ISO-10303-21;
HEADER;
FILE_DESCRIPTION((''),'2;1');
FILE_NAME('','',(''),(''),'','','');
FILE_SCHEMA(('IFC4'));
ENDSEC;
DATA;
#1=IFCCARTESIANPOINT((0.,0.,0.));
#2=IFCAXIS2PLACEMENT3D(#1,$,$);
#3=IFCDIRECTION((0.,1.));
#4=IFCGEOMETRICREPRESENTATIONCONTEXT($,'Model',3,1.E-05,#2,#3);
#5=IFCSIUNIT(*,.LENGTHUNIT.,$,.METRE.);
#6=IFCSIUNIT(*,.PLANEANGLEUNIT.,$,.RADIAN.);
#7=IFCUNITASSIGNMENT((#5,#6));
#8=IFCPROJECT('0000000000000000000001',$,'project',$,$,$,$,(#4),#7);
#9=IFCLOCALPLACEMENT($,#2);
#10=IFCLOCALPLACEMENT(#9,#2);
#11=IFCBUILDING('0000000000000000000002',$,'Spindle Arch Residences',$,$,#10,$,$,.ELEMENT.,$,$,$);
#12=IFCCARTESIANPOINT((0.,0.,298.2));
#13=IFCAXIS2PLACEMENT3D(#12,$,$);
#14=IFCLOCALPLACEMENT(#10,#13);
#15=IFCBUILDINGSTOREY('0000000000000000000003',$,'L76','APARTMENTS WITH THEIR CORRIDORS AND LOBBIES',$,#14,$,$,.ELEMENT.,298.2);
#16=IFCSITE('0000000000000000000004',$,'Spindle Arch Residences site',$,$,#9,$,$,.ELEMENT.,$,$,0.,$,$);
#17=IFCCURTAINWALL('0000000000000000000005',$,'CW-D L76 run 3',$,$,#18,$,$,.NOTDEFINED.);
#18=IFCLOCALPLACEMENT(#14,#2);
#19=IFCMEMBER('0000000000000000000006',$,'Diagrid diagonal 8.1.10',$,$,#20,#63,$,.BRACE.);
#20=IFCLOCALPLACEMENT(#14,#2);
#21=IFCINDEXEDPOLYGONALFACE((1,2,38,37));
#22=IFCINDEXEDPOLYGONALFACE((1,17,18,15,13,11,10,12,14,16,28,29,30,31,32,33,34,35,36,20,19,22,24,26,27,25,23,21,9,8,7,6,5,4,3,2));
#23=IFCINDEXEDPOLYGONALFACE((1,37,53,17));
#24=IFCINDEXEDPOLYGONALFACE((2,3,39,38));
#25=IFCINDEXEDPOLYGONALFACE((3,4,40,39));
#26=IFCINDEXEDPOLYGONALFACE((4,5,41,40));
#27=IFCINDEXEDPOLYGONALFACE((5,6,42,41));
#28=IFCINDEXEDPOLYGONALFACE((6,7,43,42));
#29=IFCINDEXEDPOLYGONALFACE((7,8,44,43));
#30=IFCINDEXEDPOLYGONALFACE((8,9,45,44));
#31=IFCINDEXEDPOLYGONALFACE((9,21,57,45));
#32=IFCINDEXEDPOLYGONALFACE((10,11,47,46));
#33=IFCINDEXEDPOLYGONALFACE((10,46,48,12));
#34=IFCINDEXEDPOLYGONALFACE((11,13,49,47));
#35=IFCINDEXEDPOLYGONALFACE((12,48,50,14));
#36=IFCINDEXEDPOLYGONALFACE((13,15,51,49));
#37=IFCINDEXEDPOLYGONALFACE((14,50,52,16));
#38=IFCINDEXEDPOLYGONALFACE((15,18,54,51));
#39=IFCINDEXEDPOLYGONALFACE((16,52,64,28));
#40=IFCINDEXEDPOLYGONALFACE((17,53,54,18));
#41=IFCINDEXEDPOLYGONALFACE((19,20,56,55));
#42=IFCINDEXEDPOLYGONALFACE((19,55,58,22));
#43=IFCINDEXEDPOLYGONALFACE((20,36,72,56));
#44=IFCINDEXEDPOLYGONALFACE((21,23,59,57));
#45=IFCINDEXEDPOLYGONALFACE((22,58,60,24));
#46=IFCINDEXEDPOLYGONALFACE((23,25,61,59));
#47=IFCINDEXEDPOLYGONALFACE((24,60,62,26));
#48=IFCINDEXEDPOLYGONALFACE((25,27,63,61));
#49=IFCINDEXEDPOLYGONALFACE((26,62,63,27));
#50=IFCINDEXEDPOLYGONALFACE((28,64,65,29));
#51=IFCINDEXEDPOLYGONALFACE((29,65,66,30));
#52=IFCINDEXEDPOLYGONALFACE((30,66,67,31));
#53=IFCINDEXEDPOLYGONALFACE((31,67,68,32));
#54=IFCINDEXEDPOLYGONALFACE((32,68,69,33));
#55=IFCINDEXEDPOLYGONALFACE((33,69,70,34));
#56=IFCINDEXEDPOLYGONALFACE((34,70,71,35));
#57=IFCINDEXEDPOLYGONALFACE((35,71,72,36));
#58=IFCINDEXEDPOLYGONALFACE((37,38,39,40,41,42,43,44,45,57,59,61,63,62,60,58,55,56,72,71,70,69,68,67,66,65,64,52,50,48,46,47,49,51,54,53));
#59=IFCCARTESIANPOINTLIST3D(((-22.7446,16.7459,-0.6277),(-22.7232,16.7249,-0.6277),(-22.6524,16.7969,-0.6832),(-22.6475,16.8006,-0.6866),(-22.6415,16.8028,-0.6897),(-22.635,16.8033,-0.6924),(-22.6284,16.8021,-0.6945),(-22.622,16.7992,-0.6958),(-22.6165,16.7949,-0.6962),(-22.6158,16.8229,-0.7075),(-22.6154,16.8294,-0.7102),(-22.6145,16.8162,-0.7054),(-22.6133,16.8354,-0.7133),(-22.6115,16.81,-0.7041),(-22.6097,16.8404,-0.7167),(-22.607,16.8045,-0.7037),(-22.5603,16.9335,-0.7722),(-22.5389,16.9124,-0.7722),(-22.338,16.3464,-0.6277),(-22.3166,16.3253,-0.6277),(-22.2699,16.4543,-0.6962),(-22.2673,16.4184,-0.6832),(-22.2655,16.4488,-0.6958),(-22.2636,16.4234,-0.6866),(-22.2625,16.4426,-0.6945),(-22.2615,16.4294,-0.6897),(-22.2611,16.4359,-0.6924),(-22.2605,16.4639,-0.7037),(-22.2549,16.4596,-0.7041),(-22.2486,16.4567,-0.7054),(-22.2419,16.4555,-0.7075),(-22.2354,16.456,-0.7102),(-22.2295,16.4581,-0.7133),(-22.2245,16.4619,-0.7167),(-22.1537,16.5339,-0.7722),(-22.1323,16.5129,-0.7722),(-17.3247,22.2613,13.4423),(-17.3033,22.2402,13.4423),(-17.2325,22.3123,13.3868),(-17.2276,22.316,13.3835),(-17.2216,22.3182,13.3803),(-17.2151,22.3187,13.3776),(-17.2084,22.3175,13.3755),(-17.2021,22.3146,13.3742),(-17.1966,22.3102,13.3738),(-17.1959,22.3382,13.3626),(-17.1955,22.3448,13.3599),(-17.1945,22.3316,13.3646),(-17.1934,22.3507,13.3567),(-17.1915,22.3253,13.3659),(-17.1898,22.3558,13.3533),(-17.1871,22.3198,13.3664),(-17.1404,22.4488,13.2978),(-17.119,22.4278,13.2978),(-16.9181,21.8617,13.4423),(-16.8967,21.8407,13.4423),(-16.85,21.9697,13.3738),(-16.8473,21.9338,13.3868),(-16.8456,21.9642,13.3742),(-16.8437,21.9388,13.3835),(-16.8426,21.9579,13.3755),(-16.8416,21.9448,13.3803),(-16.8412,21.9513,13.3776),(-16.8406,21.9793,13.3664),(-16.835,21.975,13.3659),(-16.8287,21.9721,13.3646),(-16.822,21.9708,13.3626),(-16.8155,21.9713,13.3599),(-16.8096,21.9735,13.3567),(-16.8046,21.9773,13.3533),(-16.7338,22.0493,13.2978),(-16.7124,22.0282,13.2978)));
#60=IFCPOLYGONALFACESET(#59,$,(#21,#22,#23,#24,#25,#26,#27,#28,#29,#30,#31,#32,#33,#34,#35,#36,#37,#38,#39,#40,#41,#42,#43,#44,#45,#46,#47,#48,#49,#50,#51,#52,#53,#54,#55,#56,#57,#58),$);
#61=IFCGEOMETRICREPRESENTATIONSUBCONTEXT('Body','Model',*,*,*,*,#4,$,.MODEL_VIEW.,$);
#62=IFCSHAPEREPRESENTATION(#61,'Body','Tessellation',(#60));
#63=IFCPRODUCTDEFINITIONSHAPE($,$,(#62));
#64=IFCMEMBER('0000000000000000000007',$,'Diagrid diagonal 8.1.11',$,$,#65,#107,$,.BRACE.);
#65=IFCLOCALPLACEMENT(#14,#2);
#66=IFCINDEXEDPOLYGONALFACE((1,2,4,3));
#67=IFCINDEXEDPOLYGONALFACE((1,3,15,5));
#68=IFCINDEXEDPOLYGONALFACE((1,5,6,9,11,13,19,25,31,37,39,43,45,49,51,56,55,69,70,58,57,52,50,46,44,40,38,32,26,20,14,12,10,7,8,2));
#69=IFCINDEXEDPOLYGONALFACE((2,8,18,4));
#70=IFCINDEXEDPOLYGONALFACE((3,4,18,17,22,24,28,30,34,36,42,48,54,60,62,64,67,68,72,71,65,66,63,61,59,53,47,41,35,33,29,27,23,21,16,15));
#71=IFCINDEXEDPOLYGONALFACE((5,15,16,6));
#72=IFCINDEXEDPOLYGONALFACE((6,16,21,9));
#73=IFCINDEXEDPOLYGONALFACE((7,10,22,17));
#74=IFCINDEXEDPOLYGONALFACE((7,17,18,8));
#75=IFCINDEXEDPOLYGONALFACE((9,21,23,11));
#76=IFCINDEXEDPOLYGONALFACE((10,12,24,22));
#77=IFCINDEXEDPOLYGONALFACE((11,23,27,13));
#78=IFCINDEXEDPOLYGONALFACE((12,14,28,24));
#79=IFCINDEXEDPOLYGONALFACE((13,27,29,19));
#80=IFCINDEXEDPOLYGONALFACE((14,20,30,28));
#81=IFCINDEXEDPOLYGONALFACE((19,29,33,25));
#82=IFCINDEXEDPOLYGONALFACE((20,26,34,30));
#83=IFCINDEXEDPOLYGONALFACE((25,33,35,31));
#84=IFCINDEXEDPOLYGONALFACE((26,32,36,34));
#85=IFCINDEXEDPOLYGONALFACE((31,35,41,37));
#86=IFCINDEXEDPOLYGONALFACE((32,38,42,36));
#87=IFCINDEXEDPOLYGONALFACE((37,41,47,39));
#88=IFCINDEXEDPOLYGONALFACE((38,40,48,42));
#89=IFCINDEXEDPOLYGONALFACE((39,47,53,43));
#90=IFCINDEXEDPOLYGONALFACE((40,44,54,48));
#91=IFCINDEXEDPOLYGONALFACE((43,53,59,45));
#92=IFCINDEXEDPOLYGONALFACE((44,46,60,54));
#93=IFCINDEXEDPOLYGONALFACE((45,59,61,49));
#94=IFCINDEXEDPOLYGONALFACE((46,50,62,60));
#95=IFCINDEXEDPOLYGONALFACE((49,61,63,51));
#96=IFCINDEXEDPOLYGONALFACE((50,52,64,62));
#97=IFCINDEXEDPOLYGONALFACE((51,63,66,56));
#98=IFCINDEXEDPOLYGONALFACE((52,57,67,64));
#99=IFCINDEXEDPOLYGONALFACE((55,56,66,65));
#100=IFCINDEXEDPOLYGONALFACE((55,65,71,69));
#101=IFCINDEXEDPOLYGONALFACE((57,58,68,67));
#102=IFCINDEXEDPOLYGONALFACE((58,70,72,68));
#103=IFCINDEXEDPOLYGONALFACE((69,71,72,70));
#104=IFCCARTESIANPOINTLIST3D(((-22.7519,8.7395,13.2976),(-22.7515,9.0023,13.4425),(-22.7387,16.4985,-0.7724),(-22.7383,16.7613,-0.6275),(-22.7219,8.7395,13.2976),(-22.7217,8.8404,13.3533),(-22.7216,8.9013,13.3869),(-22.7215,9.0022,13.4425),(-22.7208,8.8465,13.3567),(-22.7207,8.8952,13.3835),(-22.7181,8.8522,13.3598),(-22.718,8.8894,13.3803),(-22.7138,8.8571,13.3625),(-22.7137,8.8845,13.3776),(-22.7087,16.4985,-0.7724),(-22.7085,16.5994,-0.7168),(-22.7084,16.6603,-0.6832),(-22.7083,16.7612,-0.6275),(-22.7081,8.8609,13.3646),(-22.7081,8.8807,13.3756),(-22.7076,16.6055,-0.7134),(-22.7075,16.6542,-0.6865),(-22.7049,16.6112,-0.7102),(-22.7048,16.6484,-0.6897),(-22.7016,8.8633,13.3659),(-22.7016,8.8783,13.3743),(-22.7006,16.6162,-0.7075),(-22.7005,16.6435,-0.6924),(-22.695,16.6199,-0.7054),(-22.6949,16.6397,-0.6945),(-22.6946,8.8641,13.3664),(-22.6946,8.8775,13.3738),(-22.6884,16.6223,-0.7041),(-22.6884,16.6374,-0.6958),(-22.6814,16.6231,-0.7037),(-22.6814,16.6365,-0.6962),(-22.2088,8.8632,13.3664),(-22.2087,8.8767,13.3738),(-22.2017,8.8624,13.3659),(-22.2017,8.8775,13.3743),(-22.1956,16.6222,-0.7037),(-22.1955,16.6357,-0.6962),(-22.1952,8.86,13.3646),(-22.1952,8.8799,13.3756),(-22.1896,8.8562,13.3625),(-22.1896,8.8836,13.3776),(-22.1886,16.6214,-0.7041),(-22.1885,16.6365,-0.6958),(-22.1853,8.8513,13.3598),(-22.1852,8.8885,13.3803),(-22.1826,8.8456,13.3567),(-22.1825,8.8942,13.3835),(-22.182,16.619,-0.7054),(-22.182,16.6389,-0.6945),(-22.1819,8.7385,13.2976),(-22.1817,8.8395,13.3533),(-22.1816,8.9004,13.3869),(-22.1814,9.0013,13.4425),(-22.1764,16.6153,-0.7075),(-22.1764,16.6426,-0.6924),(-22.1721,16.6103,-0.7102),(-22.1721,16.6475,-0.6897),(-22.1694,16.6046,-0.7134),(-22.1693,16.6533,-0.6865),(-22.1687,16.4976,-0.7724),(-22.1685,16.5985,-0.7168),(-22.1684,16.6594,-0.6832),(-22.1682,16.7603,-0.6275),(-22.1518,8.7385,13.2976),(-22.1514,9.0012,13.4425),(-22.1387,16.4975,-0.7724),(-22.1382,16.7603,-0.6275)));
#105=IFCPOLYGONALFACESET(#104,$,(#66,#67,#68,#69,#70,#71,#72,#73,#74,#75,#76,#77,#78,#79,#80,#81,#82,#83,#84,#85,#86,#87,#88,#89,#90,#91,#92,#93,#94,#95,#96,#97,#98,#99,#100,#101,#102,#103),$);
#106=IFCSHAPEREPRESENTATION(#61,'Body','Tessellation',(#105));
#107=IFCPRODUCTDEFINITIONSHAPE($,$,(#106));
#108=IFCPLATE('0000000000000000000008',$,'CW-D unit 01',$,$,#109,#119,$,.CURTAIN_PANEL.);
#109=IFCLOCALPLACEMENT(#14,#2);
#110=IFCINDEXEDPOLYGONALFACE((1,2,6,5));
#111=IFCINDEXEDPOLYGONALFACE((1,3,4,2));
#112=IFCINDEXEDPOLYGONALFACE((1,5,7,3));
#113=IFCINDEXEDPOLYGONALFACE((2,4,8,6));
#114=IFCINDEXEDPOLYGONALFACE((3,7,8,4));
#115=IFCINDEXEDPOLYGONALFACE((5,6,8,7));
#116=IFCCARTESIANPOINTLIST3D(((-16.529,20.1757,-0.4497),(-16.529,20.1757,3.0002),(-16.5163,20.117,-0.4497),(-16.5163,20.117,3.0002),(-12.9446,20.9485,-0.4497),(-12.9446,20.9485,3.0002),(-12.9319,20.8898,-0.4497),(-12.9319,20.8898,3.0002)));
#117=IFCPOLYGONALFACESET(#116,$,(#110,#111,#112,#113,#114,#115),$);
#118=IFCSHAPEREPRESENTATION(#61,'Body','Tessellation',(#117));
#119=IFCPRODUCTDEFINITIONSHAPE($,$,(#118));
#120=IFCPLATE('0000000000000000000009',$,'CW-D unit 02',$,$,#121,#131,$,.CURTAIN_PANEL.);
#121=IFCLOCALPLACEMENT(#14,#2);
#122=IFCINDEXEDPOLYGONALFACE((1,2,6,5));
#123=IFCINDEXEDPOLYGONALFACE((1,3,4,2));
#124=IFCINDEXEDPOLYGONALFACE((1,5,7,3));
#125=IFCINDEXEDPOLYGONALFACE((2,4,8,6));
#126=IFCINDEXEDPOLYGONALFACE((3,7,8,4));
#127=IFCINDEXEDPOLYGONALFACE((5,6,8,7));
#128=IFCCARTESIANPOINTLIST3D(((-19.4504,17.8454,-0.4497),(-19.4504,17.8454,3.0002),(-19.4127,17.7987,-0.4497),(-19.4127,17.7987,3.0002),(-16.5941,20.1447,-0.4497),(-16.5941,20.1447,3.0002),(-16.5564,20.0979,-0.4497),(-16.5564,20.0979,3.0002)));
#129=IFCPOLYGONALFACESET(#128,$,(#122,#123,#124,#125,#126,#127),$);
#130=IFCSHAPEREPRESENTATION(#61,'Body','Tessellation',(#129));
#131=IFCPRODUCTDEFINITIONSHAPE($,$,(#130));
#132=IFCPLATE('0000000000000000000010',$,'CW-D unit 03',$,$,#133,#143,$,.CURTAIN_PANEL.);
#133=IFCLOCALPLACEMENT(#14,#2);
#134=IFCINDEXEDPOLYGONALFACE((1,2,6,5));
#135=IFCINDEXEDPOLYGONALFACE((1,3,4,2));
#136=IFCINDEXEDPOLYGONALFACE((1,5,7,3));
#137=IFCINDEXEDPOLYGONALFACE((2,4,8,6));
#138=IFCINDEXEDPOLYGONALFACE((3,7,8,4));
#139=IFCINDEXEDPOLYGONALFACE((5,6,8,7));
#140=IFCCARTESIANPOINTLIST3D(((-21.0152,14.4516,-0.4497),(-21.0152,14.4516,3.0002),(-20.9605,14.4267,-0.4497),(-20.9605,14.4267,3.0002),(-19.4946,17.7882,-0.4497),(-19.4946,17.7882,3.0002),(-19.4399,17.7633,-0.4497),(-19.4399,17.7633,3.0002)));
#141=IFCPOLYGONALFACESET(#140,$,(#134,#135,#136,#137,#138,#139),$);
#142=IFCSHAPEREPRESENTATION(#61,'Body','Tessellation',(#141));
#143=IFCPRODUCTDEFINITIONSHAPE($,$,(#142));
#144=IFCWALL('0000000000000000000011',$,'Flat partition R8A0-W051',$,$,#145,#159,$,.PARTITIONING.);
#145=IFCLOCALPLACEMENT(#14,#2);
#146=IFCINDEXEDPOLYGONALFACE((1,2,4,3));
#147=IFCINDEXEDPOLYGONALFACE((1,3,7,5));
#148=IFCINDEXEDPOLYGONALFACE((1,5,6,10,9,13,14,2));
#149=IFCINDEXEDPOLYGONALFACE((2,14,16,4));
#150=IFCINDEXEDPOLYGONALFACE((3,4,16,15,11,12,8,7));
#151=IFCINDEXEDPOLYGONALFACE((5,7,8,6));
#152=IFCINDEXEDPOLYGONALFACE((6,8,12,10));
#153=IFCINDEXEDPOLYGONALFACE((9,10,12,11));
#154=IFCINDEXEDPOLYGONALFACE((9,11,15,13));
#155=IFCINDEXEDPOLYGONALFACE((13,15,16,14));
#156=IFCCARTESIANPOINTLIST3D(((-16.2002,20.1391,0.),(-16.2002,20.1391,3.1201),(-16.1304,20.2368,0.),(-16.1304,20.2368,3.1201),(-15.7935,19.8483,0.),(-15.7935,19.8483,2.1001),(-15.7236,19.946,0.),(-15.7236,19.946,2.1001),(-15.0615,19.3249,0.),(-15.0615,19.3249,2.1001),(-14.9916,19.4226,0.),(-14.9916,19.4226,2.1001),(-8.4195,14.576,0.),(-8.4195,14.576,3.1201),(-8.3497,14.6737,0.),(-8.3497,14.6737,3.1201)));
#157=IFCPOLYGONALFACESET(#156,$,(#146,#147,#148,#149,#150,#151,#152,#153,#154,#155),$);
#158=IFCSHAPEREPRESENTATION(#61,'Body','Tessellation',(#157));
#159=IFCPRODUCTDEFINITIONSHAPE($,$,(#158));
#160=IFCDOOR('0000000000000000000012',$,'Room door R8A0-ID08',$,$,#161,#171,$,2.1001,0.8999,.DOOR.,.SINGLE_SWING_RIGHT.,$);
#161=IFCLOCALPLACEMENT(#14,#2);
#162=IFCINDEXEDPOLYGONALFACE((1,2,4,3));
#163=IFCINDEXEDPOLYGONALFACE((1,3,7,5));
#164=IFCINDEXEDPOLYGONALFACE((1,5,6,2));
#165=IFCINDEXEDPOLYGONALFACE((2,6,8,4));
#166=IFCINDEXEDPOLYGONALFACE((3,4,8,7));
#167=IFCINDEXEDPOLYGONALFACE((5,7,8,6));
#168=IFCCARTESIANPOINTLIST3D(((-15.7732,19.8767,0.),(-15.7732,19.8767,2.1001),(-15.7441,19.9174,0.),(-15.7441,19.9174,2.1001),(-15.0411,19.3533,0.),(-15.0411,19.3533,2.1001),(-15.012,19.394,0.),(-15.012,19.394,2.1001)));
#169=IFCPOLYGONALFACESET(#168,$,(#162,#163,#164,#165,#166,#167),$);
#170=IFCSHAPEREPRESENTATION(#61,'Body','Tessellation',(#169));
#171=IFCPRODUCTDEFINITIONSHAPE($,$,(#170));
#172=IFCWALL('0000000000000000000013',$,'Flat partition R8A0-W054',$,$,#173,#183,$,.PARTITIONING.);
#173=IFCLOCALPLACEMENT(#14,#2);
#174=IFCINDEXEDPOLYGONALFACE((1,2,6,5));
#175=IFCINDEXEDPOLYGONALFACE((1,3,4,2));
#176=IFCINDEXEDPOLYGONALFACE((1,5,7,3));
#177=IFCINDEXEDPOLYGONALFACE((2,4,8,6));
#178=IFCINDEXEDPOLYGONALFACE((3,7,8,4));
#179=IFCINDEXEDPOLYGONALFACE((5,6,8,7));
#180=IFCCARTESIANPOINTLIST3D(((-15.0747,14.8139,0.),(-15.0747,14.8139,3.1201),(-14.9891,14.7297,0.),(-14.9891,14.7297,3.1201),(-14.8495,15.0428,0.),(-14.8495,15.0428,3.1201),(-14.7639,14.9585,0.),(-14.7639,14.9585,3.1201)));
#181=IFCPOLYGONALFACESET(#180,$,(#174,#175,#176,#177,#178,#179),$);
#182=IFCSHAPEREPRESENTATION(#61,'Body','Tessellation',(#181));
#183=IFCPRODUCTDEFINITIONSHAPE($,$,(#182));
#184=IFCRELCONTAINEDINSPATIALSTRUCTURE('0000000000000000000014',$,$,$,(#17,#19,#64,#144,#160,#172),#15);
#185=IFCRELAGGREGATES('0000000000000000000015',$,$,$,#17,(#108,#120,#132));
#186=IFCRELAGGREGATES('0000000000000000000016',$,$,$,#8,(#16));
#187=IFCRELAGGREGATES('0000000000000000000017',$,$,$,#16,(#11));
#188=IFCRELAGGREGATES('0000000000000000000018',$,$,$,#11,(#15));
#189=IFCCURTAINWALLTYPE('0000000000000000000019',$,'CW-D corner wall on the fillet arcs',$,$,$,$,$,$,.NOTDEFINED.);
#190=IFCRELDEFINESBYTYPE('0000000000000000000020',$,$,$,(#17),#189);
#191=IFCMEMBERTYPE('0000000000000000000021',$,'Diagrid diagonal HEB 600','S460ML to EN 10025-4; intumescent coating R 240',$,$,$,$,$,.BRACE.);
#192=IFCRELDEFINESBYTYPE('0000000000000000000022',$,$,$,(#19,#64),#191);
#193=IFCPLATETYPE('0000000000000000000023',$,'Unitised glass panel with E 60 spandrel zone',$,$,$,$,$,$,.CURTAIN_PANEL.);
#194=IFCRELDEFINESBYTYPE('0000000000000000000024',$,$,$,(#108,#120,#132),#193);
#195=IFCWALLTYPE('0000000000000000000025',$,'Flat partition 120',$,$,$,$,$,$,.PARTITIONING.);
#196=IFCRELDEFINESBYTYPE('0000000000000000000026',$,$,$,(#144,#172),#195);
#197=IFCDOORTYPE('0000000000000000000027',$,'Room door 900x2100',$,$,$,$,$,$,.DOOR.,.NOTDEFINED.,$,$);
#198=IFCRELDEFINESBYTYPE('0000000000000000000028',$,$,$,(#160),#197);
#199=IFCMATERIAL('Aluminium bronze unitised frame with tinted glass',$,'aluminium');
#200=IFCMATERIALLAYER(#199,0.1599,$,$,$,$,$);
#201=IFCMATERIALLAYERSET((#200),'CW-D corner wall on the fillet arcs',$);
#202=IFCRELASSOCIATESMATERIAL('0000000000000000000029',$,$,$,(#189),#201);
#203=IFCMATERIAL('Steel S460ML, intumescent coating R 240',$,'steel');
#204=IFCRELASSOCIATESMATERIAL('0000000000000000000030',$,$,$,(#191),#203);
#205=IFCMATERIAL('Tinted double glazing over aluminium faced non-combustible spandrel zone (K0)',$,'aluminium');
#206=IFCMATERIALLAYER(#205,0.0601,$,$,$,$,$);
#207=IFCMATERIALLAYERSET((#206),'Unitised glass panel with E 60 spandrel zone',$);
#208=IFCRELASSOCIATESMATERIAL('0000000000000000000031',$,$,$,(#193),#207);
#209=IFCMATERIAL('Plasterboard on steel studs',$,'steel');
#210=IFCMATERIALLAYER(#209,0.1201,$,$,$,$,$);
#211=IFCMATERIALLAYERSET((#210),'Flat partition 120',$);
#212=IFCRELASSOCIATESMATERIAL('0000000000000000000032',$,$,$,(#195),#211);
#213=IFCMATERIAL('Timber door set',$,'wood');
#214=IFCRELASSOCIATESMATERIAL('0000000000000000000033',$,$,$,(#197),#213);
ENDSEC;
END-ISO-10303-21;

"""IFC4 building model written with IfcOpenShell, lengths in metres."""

from ifc_helpers import new_model, si_unit, direction, frame, frame_2d, origin, origin_2d, place, context, subcontext, project, spatial, rectangle, i_section, extrude, material, layer, layer_set, material_profile, profile_set, type_object, element, fill, aggregate, save


model = new_model("IFC4")

# Units and contexts
model_context = context("Model", 3, precision=1e-05, world=origin(), true_north=direction((0.0, 1.0)))
body_context = subcontext(model_context, "Body", "Model", "MODEL_VIEW")
ifc_project = project(units=[si_unit("LENGTHUNIT", "METRE"), si_unit("PLANEANGLEUNIT", "RADIAN")], contexts=[model_context])

# Site, building, storey
site_placement = place(None, origin())
site = spatial("IfcSite", under=ifc_project, at=site_placement, Name="Spindle Arch Residences site", CompositionType="ELEMENT", RefElevation=0.0)
building_placement = place(site_placement, origin())
building = spatial("IfcBuilding", under=site, at=building_placement, Name="Spindle Arch Residences", CompositionType="ELEMENT")
storey_placement = place(building_placement, frame((0.0, 0.0, 298.2)))
storey = spatial("IfcBuildingStorey", under=building, at=storey_placement, Name="L76", Description="APARTMENTS WITH THEIR CORRIDORS AND LOBBIES", CompositionType="ELEMENT", Elevation=298.2)

# Curtain wall
ifc_material_1 = material(Name="Aluminium bronze unitised frame with tinted glass", Category="aluminium")
ifc_layer_1 = layer(ifc_material_1, 0.1599)
ifc_layer_set_1 = layer_set([ifc_layer_1], Name="CW-D corner wall on the fillet arcs")
curtain_wall_type = type_object("IfcCurtainWallType", Name="CW-D corner wall on the fillet arcs", PredefinedType="NOTDEFINED", material=ifc_layer_set_1)
curtain_wall_placement = place(storey_placement, origin())
curtain_wall = element("IfcCurtainWall", 1, at=curtain_wall_placement, inside=storey, type_object=curtain_wall_type, Name="CW-D L76 run 3", PredefinedType="NOTDEFINED")

# Members
ifc_material_2 = material(Name="Steel S460ML, intumescent coating R 240", Category="steel")
ifc_material_profile_1 = material_profile(ifc_material_2, i_section(OverallWidth=0.3, OverallDepth=0.6001, WebThickness=0.0154, FlangeThickness=0.03, FilletRadius=0.0271, at=origin_2d()), Name="HEB 600")
ifc_profile_set_1 = profile_set([ifc_material_profile_1], Name="Steel S460ML, intumescent coating R 240")
member_type_1 = type_object("IfcMemberType", Name="Diagrid diagonal HEB 600", Description="S460ML to EN 10025-4; intumescent coating R 240", PredefinedType="BRACE", material=ifc_profile_set_1)
member_1_placement = place(storey_placement, frame((-22.4385, 16.6294, -0.7), z_axis=(0.337585, 0.343531, 0.876369), x_axis=(-0.614253, -0.625072, 0.481641)))
element("IfcMember", 2, at=member_1_placement, inside=storey, type_object=member_type_1, Name="Diagrid diagonal 8.1.10", PredefinedType="BRACE", context=body_context, shape_type="SweptSolid", body=[
    extrude(i_section(OverallWidth=0.3, OverallDepth=0.6001, WebThickness=0.0154, FlangeThickness=0.03, FilletRadius=0.0271, at=origin_2d()), origin(), (0.0, 0.0, 1.0), 16.0549),
])
member_2_placement = place(storey_placement, frame((-22.4385, 16.6294, -0.7), z_axis=(-0.000821, -0.482898, 0.875676), x_axis=(0.001488, 0.875675, 0.482898)))
element("IfcMember", 3, at=member_2_placement, inside=storey, type_object=member_type_1, Name="Diagrid diagonal 8.1.11", PredefinedType="BRACE", context=body_context, shape_type="SweptSolid", body=[
    extrude(i_section(OverallWidth=0.3, OverallDepth=0.6001, WebThickness=0.0154, FlangeThickness=0.03, FilletRadius=0.0271, at=origin_2d()), origin(), (0.0, 0.0, 1.0), 16.0676),
])

# Plates
ifc_material_3 = material(Name="Tinted double glazing over aluminium faced non-combustible spandrel zone (K0)", Category="aluminium")
ifc_layer_2 = layer(ifc_material_3, 0.0601)
ifc_layer_set_2 = layer_set([ifc_layer_2], Name="Unitised glass panel with E 60 spandrel zone")
plate_type = type_object("IfcPlateType", Name="Unitised glass panel with E 60 spandrel zone", PredefinedType="CURTAIN_PANEL", material=ifc_layer_set_2)
plate_1_placement = place(storey_placement, frame((-14.7305, 20.5327, -0.4497), z_axis=(0.0, 0.0, 1.0), x_axis=(-0.977539, -0.210756, 0.0)))
plate_1 = element("IfcPlate", 4, at=plate_1_placement, type_object=plate_type, Name="CW-D unit 01", PredefinedType="CURTAIN_PANEL", context=body_context, shape_type="SweptSolid", body=[
    extrude(rectangle(XDim=3.6667, YDim=0.0601, at=origin_2d()), origin(), (0.0, 0.0, 1.0), 3.45),
])
plate_2_placement = place(storey_placement, frame((-18.0034, 18.9717, -0.4497), z_axis=(0.0, 0.0, 1.0), x_axis=(-0.778973, -0.627057, 0.0)))
plate_2 = element("IfcPlate", 5, at=plate_2_placement, type_object=plate_type, Name="CW-D unit 02", PredefinedType="CURTAIN_PANEL", context=body_context, shape_type="SweptSolid", body=[
    extrude(rectangle(XDim=3.6667, YDim=0.0601, at=origin_2d()), origin(), (0.0, 0.0, 1.0), 3.45),
])
plate_3_placement = place(storey_placement, frame((-20.2275, 16.1074, -0.4497), z_axis=(0.0, 0.0, 1.0), x_axis=(-0.414693, -0.909961, 0.0)))
plate_3 = element("IfcPlate", 6, at=plate_3_placement, type_object=plate_type, Name="CW-D unit 03", PredefinedType="CURTAIN_PANEL", context=body_context, shape_type="SweptSolid", body=[
    extrude(rectangle(XDim=3.6667, YDim=0.0601, at=origin_2d()), origin(), (0.0, 0.0, 1.0), 3.45),
])
aggregate(curtain_wall, [plate_1, plate_2, plate_3])

# Wall, opening, door
ifc_material_4 = material(Name="Plasterboard on steel studs", Category="steel")
ifc_layer_3 = layer(ifc_material_4, 0.1201)
ifc_layer_set_3 = layer_set([ifc_layer_3], Name="Flat partition 120")
wall_type_1 = type_object("IfcWallType", Name="Flat partition 120", PredefinedType="PARTITIONING", material=ifc_layer_set_3)
wall_1_placement = place(storey_placement, frame((-16.1653, 20.188, 0.0), z_axis=(0.0, 0.0, 1.0), x_axis=(0.813459, -0.581622, 0.0)))
wall_1 = element("IfcWall", 7, at=wall_1_placement, inside=storey, type_object=wall_type_1, Name="Flat partition R8A0-W051", PredefinedType="PARTITIONING", context=body_context, shape_type="SweptSolid", body=[
    extrude(rectangle(XDim=9.5649, YDim=0.1201, at=frame_2d((4.7825, 0.0))), origin(), (0.0, 0.0, 1.0), 3.1201),
])
opening_1_placement = place(wall_1_placement, frame((0.5, 0.0, 0.0)))
opening_1 = element("IfcOpeningElement", 8, at=opening_1_placement, cuts=wall_1, PredefinedType="OPENING", context=body_context, shape_type="SweptSolid", body=[
    extrude(rectangle(XDim=0.8999, YDim=2.1001, at=frame_2d((0.45, 1.05))), frame((0.0, 0.0701, 0.0), z_axis=(0.0, -1.0, 0.0), x_axis=(1.0, 0.0, 0.0)), (0.0, 0.0, 1.0), 0.1401),
])
ifc_material_5 = material(Name="Timber door set", Category="wood")
door_type = type_object("IfcDoorType", Name="Room door 900x2100", OperationType="NOTDEFINED", PredefinedType="DOOR", material=ifc_material_5)
door_1_placement = place(opening_1_placement, origin())
door_1 = element("IfcDoor", 9, at=door_1_placement, inside=storey, type_object=door_type, Name="Room door R8A0-ID08", OperationType="SINGLE_SWING_RIGHT", OverallHeight=2.1001, OverallWidth=0.8999, PredefinedType="DOOR", context=body_context, shape_type="SweptSolid", body=[
    extrude(rectangle(XDim=0.8999, YDim=2.1001, at=frame_2d((0.45, 1.05))), frame((0.0, 0.0249, 0.0), z_axis=(0.0, -1.0, 0.0), x_axis=(1.0, 0.0, 0.0)), (0.0, 0.0, 1.0), 0.05),
])
fill(opening_1, door_1)

# Wall
wall_2_placement = place(storey_placement, frame((-15.032, 14.7717, 0.0), z_axis=(0.0, 0.0, 1.0), x_axis=(0.701378, 0.712789, 0.0)))
element("IfcWall", 10, at=wall_2_placement, inside=storey, type_object=wall_type_1, Name="Flat partition R8A0-W054", PredefinedType="PARTITIONING", context=body_context, shape_type="SweptSolid", body=[
    extrude(rectangle(XDim=0.321, YDim=0.1201, at=frame_2d((0.1606, 0.0))), origin(), (0.0, 0.0, 1.0), 3.1201),
])

save(model, "model.ifc")
